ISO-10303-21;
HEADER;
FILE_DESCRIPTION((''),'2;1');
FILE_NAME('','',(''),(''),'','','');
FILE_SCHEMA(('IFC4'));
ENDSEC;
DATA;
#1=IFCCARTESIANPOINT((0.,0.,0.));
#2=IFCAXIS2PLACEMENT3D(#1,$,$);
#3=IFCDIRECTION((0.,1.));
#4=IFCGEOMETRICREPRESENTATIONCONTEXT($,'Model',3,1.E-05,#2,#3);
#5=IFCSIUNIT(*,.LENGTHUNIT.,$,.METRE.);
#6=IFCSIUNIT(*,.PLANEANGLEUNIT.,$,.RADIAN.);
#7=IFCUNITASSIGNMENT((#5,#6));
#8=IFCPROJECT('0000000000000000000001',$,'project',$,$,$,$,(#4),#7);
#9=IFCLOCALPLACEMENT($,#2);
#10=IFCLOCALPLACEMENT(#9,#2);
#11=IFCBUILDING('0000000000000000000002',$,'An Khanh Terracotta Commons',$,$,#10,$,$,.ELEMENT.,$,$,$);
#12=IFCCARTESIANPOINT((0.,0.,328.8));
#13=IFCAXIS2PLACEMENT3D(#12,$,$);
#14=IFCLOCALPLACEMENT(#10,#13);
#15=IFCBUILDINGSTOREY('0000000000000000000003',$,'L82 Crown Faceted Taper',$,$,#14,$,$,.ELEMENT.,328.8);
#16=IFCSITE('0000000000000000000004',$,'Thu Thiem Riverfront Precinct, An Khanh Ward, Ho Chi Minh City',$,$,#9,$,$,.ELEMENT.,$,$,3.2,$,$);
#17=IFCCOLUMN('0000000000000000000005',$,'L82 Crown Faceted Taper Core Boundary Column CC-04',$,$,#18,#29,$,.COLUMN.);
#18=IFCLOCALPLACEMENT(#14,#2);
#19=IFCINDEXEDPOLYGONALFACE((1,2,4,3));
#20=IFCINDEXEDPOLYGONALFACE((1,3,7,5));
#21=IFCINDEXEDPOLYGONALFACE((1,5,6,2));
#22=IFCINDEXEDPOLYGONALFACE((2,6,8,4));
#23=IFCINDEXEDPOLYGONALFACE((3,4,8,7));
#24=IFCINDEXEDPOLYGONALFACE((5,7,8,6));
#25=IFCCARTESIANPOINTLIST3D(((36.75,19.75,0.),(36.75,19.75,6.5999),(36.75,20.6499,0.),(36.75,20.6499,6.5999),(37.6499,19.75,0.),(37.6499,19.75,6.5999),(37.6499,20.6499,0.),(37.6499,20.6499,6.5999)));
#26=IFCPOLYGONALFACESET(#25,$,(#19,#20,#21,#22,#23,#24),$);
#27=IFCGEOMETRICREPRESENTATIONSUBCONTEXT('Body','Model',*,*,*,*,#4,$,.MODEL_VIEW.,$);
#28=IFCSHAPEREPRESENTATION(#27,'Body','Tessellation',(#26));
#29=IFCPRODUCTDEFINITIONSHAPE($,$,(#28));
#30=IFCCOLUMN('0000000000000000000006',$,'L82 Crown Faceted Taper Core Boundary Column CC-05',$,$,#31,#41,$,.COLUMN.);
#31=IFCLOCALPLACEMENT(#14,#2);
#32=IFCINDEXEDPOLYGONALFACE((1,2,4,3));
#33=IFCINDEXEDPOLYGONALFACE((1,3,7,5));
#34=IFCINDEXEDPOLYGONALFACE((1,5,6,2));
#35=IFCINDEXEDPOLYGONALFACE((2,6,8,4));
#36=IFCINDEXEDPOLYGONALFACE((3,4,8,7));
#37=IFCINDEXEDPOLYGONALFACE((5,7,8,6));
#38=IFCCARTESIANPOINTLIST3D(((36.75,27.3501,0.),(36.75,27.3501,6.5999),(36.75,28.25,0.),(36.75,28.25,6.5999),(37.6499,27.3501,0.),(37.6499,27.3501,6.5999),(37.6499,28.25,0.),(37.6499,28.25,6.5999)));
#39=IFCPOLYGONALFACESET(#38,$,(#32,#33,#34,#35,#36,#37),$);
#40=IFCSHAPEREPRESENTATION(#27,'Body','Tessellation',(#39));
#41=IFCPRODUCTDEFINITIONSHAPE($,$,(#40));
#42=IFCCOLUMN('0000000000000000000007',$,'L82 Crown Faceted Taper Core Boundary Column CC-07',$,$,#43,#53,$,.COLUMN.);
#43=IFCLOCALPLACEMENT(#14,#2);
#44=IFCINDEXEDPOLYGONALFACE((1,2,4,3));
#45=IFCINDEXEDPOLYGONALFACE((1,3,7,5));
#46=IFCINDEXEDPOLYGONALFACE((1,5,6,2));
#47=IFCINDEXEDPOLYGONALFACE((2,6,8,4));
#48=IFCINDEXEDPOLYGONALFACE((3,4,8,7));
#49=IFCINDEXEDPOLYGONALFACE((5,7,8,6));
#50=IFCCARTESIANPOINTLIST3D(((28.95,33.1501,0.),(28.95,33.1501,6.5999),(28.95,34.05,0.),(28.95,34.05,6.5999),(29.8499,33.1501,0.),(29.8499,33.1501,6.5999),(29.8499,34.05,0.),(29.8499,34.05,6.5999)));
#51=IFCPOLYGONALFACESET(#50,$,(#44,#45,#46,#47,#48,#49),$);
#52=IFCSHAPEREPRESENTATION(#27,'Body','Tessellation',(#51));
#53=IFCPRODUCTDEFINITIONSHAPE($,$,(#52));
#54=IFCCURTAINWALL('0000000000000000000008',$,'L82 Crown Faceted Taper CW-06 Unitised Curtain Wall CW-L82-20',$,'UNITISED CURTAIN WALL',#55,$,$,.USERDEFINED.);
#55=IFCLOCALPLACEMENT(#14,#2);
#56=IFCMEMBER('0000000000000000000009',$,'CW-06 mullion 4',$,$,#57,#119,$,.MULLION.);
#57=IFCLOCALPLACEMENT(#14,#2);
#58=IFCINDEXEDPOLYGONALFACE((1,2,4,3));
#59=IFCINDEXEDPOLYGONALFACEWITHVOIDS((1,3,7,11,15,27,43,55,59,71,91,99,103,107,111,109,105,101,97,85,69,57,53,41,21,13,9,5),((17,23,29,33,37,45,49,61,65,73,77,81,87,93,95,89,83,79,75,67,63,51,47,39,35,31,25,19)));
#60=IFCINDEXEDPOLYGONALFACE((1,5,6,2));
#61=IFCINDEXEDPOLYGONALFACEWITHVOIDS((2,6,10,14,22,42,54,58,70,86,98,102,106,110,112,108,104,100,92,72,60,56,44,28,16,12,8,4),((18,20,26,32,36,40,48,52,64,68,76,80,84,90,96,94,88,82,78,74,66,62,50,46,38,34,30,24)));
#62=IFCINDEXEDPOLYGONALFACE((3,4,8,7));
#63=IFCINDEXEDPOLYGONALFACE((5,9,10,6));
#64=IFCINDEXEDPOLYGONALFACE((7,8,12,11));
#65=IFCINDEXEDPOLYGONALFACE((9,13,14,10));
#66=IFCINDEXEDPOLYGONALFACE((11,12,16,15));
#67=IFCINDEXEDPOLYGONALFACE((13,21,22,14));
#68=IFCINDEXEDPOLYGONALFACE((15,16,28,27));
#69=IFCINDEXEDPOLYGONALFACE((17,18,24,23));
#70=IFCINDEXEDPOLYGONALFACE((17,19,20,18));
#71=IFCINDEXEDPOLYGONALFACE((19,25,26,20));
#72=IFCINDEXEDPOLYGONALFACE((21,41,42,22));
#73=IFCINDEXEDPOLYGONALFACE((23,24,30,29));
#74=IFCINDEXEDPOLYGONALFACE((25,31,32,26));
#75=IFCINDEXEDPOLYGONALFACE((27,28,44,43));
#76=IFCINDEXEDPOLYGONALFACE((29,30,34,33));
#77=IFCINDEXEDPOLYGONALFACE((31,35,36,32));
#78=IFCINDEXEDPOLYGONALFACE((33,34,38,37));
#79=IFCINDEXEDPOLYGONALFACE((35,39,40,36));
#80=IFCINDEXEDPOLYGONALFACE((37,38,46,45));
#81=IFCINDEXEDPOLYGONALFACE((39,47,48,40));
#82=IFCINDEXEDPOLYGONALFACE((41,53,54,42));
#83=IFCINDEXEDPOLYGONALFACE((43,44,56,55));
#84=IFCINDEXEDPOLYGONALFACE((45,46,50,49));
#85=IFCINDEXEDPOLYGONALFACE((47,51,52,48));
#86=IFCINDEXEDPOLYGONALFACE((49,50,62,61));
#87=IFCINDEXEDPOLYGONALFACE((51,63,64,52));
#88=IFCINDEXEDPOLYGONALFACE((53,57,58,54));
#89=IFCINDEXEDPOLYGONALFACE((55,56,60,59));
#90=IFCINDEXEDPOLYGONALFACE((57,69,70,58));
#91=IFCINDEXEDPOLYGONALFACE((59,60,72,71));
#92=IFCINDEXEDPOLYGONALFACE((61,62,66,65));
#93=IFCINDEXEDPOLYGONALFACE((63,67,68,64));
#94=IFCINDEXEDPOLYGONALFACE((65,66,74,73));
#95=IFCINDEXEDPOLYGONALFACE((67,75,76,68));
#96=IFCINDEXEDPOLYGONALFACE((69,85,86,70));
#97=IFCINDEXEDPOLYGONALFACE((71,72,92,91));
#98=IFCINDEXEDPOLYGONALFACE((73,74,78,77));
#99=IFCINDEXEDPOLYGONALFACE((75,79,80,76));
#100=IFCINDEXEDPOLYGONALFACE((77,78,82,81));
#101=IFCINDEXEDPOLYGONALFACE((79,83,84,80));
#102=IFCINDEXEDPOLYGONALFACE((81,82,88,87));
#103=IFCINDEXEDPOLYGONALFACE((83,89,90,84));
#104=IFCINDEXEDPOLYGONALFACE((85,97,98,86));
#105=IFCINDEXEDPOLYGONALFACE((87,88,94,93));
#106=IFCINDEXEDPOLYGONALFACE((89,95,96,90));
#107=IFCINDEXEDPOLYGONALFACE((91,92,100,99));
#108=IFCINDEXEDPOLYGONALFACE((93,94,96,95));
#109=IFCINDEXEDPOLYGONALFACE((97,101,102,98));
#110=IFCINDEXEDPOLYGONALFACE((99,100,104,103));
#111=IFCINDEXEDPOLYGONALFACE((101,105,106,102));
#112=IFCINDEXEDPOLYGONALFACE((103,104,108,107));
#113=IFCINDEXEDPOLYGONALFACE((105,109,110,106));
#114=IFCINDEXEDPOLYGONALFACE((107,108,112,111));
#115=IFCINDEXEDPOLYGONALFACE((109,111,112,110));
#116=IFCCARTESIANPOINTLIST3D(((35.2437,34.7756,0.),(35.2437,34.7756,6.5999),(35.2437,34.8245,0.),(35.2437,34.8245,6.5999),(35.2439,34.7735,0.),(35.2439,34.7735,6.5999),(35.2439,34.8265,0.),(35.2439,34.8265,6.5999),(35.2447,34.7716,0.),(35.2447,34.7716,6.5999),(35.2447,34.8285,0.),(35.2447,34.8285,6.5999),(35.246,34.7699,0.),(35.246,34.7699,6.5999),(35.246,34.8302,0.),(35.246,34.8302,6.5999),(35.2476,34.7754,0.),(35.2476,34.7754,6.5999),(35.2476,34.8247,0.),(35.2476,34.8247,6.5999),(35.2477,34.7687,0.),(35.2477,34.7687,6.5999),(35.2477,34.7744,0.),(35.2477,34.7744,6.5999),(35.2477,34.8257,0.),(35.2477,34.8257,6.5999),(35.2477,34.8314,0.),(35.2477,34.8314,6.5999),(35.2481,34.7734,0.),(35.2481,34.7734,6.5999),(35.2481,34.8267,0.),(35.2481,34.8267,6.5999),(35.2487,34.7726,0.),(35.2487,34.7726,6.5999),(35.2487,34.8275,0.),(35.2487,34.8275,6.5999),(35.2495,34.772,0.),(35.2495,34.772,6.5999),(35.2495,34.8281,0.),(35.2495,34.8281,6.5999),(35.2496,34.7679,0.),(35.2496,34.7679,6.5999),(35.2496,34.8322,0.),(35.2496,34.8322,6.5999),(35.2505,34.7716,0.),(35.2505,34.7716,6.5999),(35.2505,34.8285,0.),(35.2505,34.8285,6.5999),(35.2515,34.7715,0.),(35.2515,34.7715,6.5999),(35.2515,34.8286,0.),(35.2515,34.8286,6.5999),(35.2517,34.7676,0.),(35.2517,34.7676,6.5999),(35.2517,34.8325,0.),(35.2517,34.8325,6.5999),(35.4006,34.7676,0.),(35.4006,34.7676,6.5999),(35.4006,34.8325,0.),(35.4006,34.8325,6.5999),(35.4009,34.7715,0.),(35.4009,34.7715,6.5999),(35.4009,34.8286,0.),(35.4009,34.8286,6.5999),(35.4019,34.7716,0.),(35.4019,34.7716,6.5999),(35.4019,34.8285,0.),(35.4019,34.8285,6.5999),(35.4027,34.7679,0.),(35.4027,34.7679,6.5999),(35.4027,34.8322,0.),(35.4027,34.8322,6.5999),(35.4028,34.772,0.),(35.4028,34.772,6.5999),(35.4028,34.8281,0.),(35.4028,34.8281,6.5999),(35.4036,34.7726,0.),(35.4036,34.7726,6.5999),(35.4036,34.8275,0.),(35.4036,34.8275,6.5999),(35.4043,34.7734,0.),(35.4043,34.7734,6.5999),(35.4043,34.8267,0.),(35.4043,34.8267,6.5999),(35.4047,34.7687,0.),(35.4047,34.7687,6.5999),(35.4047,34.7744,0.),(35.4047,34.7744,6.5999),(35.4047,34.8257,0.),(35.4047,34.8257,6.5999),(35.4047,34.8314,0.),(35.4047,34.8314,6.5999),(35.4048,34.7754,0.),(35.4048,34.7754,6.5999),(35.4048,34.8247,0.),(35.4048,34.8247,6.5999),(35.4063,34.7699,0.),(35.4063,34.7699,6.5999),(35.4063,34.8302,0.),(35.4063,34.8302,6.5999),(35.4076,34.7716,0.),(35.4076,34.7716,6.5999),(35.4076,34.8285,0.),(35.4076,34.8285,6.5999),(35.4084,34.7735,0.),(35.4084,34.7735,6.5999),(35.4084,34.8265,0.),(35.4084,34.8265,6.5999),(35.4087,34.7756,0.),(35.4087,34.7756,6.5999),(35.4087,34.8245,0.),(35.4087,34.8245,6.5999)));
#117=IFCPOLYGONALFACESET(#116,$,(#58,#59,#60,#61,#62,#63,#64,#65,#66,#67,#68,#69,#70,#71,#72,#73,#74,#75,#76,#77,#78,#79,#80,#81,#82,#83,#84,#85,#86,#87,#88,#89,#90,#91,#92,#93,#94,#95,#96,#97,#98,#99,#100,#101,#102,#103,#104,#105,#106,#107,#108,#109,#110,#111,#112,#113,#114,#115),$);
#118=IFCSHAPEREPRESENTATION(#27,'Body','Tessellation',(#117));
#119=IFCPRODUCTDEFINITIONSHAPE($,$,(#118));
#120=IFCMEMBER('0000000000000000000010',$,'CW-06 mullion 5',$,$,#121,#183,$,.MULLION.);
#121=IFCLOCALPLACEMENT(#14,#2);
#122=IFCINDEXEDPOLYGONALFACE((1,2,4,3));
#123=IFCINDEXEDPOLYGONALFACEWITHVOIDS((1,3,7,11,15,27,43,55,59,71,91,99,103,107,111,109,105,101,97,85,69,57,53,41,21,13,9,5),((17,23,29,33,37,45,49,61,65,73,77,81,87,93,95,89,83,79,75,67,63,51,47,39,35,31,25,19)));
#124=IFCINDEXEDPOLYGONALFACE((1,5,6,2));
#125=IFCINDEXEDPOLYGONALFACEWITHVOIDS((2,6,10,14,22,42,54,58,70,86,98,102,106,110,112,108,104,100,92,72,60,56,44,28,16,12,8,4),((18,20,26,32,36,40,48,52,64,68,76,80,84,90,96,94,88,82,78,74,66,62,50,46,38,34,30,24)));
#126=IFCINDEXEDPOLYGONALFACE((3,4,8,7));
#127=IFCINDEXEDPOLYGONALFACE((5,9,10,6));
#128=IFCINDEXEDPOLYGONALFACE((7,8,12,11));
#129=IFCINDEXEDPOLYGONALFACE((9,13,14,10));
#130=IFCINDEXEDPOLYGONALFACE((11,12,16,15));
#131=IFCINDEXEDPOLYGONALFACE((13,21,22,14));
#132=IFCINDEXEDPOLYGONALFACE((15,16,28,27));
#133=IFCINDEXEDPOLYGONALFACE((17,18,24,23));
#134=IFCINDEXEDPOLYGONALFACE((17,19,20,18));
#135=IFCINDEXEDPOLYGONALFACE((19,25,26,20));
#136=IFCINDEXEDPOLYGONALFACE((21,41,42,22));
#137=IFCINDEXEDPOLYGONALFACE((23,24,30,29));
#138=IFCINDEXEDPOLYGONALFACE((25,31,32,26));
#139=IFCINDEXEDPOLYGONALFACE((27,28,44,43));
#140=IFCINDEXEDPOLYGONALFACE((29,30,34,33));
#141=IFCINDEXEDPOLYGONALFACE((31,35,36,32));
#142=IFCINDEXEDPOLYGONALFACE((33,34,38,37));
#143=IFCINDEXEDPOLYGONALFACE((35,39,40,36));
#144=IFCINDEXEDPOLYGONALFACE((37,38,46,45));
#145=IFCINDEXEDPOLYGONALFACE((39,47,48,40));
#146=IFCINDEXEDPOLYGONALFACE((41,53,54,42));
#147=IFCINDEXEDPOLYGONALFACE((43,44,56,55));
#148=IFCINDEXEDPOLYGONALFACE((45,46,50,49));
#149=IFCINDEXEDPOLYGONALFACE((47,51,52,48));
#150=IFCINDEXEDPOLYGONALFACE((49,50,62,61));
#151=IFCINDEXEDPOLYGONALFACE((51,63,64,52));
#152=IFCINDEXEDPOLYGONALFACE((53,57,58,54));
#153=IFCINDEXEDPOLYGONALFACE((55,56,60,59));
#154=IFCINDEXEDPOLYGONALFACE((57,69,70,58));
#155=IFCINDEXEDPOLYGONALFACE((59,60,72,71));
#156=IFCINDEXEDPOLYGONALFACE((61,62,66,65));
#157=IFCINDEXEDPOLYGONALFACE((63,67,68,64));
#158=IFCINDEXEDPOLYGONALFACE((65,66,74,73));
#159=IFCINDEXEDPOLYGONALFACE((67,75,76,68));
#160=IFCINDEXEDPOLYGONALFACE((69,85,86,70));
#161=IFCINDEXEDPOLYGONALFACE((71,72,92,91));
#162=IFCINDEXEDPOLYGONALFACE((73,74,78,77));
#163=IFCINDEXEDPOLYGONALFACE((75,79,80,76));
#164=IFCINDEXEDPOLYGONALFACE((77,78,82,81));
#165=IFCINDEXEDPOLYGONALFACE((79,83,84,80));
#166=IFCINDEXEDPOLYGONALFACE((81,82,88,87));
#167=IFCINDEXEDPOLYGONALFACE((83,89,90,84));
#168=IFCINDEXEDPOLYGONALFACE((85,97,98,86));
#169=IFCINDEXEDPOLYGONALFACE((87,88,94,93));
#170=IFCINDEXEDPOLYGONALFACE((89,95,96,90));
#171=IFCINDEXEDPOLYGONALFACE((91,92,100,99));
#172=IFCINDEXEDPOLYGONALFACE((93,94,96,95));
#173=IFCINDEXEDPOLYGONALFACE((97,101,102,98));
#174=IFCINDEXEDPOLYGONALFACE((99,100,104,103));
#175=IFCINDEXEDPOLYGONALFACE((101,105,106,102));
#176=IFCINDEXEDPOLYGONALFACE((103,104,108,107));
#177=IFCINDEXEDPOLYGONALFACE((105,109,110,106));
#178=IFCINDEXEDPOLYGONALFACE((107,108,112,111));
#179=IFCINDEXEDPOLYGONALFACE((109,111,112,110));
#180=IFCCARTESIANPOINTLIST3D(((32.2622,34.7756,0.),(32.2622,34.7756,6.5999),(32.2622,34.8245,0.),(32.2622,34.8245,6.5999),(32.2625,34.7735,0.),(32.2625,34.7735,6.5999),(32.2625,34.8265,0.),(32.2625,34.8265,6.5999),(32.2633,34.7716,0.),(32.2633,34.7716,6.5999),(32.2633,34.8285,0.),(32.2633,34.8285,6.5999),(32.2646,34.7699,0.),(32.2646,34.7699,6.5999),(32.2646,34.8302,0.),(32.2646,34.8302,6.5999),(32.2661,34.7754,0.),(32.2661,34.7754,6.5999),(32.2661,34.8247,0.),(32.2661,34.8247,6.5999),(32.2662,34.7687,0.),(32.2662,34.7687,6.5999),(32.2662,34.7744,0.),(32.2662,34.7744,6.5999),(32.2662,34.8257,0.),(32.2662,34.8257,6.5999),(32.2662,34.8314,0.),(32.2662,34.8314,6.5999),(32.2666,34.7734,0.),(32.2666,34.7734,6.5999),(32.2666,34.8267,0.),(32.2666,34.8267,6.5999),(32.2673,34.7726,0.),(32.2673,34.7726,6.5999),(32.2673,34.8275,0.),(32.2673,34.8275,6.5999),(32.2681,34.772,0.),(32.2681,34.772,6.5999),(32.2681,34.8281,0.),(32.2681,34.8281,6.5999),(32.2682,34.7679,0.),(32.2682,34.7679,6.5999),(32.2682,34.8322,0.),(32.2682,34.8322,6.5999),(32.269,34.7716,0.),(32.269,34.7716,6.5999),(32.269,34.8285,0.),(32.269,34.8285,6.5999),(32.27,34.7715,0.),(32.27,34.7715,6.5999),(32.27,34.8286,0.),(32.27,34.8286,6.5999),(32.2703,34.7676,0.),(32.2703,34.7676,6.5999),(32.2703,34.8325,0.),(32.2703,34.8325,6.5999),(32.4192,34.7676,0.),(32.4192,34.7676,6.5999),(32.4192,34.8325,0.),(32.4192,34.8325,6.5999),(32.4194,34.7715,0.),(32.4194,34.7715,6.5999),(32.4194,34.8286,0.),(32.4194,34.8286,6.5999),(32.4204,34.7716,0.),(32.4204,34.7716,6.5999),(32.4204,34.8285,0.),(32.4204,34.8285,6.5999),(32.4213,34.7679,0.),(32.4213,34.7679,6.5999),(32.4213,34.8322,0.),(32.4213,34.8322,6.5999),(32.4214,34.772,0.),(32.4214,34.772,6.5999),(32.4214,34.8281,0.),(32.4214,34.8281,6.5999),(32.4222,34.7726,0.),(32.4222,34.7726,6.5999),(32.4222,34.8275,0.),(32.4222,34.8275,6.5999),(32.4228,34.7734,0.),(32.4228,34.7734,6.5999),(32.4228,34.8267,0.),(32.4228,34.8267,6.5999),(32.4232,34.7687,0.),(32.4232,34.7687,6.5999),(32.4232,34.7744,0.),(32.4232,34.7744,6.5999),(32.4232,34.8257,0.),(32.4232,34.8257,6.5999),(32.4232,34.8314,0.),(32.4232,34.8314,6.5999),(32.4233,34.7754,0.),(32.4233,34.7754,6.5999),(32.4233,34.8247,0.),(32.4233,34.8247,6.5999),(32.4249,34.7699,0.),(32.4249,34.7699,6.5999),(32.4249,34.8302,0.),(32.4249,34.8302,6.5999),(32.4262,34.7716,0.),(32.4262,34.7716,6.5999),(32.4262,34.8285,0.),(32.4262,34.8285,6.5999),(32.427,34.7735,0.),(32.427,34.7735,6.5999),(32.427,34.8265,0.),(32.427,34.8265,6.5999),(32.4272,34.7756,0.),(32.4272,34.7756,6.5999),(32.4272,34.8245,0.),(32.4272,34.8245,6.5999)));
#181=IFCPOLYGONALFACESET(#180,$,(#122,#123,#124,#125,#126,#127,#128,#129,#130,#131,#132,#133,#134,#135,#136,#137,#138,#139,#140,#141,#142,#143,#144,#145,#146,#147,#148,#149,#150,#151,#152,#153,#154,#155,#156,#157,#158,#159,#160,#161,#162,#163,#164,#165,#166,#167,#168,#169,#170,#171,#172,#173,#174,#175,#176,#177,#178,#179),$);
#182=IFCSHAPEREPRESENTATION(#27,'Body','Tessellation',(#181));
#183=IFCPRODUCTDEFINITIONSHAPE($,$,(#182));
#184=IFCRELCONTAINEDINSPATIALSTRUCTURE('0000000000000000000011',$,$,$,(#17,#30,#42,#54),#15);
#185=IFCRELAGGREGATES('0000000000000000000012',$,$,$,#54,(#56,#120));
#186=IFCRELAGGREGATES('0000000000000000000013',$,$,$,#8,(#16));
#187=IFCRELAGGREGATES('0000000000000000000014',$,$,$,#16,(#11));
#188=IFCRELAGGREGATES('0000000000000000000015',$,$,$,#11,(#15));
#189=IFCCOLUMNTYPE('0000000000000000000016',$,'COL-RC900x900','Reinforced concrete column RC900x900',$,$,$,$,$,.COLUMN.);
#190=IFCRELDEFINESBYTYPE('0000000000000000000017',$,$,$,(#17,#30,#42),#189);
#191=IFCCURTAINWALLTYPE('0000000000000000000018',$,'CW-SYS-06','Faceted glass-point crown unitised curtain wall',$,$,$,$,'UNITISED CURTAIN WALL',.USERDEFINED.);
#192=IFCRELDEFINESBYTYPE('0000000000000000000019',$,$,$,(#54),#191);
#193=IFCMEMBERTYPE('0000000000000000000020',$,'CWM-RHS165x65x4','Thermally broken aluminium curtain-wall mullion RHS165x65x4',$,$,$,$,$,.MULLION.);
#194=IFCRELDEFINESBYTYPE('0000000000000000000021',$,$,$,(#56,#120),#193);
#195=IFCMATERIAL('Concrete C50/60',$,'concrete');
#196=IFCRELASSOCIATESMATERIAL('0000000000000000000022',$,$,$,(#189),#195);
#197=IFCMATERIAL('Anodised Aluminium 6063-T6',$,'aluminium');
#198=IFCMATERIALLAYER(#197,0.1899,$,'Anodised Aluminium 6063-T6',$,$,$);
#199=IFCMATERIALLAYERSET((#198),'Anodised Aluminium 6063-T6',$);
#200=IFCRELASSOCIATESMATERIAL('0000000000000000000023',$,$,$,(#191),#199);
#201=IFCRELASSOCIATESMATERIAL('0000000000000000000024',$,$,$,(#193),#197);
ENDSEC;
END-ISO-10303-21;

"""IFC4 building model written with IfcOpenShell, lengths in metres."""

from ifc_helpers import new_model, si_unit, direction, frame, origin, origin_2d, place, context, subcontext, project, spatial, rectangle, hollow_rectangle, extrude, material, layer, layer_set, material_profile, profile_set, type_object, element, aggregate, save


model = new_model("IFC4")

# Units and contexts
model_context = context("Model", 3, precision=1e-05, world=origin(), true_north=direction((0.0, 1.0)))
body_context = subcontext(model_context, "Body", "Model", "MODEL_VIEW")
ifc_project = project(units=[si_unit("LENGTHUNIT", "METRE"), si_unit("PLANEANGLEUNIT", "RADIAN")], contexts=[model_context])

# Site, building, storey
site_placement = place(None, origin())
site = spatial("IfcSite", under=ifc_project, at=site_placement, Name="Thu Thiem Riverfront Precinct, An Khanh Ward, Ho Chi Minh City", CompositionType="ELEMENT", RefElevation=3.2)
building_placement = place(site_placement, origin())
building = spatial("IfcBuilding", under=site, at=building_placement, Name="An Khanh Terracotta Commons", CompositionType="ELEMENT")
storey_placement = place(building_placement, frame((0.0, 0.0, 328.8)))
storey = spatial("IfcBuildingStorey", under=building, at=storey_placement, Name="L82 Crown Faceted Taper", CompositionType="ELEMENT", Elevation=328.8)

# Columns
ifc_material_1 = material(Name="Concrete C50/60", Category="concrete")
ifc_material_profile_1 = material_profile(ifc_material_1, rectangle(XDim=0.8999, YDim=0.8999, at=origin_2d()), Name="RC900x900")
ifc_profile_set_1 = profile_set([ifc_material_profile_1], Name="Concrete C50/60")
column_type = type_object("IfcColumnType", Name="COL-RC900x900", Description="Reinforced concrete column RC900x900", PredefinedType="COLUMN", material=ifc_profile_set_1)
for number, where, z_axis, x_axis, name in (
    (1, (37.2, 20.2, 0.0), (0.0, 0.0, 1.0), (1.0, 0.0, 0.0), "L82 Crown Faceted Taper Core Boundary Column CC-04"),
    (2, (37.2, 27.8, 0.0), (0.0, 0.0, 1.0), (1.0, 0.0, 0.0), "L82 Crown Faceted Taper Core Boundary Column CC-05"),
    (3, (29.3999, 33.6001, 0.0), (0.0, 0.0, 1.0), (1.0, 0.0, 0.0), "L82 Crown Faceted Taper Core Boundary Column CC-07"),
):
    element("IfcColumn", number, at=place(storey_placement, frame(where, z_axis=z_axis, x_axis=x_axis)), inside=storey, type_object=column_type, Name=name, PredefinedType="COLUMN", context=body_context, shape_type="SweptSolid", body=[
        extrude(rectangle(XDim=0.8999, YDim=0.8999, at=origin_2d()), origin(), (0.0, 0.0, 1.0), 6.5999),
    ])

# Curtain wall, members
ifc_material_2 = material(Name="Anodised Aluminium 6063-T6", Category="aluminium")
ifc_layer_1 = layer(ifc_material_2, 0.1899, Name="Anodised Aluminium 6063-T6")
ifc_layer_set_1 = layer_set([ifc_layer_1], Name="Anodised Aluminium 6063-T6")
curtain_wall_type = type_object("IfcCurtainWallType", Name="CW-SYS-06", Description="Faceted glass-point crown unitised curtain wall", ElementType="UNITISED CURTAIN WALL", PredefinedType="USERDEFINED", material=ifc_layer_set_1)
curtain_wall_placement = place(storey_placement, origin())
curtain_wall = element("IfcCurtainWall", 4, at=curtain_wall_placement, inside=storey, type_object=curtain_wall_type, Name="L82 Crown Faceted Taper CW-06 Unitised Curtain Wall CW-L82-20", ObjectType="UNITISED CURTAIN WALL", PredefinedType="USERDEFINED")
ifc_material_profile_2 = material_profile(ifc_material_2, hollow_rectangle(XDim=0.0649, YDim=0.165, WallThickness=0.0039, InnerFilletRadius=0.0039, OuterFilletRadius=0.0081, at=origin_2d()), Name="RHS165x65x4")
ifc_profile_set_2 = profile_set([ifc_material_profile_2], Name="Anodised Aluminium 6063-T6")
member_type_1 = type_object("IfcMemberType", Name="CWM-RHS165x65x4", Description="Thermally broken aluminium curtain-wall mullion RHS165x65x4", PredefinedType="MULLION", material=ifc_profile_set_2)
member_1_placement = place(storey_placement, frame((35.3262, 34.8, 0.0), z_axis=(0.0, 0.0, 1.0), x_axis=(0.0, -1.0, 0.0)))
member_1 = element("IfcMember", 5, at=member_1_placement, type_object=member_type_1, Name="CW-06 mullion 4", PredefinedType="MULLION", context=body_context, shape_type="SweptSolid", body=[
    extrude(hollow_rectangle(XDim=0.0649, YDim=0.165, WallThickness=0.0039, InnerFilletRadius=0.0039, OuterFilletRadius=0.0081, at=origin_2d()), origin(), (0.0, 0.0, 1.0), 6.5999),
])
member_2_placement = place(storey_placement, frame((32.3447, 34.8, 0.0), z_axis=(0.0, 0.0, 1.0), x_axis=(0.0, -1.0, 0.0)))
member_2 = element("IfcMember", 6, at=member_2_placement, type_object=member_type_1, Name="CW-06 mullion 5", PredefinedType="MULLION", context=body_context, shape_type="SweptSolid", body=[
    extrude(hollow_rectangle(XDim=0.0649, YDim=0.165, WallThickness=0.0039, InnerFilletRadius=0.0039, OuterFilletRadius=0.0081, at=origin_2d()), origin(), (0.0, 0.0, 1.0), 6.5999),
])
aggregate(curtain_wall, [member_1, member_2])

save(model, "model.ifc")
